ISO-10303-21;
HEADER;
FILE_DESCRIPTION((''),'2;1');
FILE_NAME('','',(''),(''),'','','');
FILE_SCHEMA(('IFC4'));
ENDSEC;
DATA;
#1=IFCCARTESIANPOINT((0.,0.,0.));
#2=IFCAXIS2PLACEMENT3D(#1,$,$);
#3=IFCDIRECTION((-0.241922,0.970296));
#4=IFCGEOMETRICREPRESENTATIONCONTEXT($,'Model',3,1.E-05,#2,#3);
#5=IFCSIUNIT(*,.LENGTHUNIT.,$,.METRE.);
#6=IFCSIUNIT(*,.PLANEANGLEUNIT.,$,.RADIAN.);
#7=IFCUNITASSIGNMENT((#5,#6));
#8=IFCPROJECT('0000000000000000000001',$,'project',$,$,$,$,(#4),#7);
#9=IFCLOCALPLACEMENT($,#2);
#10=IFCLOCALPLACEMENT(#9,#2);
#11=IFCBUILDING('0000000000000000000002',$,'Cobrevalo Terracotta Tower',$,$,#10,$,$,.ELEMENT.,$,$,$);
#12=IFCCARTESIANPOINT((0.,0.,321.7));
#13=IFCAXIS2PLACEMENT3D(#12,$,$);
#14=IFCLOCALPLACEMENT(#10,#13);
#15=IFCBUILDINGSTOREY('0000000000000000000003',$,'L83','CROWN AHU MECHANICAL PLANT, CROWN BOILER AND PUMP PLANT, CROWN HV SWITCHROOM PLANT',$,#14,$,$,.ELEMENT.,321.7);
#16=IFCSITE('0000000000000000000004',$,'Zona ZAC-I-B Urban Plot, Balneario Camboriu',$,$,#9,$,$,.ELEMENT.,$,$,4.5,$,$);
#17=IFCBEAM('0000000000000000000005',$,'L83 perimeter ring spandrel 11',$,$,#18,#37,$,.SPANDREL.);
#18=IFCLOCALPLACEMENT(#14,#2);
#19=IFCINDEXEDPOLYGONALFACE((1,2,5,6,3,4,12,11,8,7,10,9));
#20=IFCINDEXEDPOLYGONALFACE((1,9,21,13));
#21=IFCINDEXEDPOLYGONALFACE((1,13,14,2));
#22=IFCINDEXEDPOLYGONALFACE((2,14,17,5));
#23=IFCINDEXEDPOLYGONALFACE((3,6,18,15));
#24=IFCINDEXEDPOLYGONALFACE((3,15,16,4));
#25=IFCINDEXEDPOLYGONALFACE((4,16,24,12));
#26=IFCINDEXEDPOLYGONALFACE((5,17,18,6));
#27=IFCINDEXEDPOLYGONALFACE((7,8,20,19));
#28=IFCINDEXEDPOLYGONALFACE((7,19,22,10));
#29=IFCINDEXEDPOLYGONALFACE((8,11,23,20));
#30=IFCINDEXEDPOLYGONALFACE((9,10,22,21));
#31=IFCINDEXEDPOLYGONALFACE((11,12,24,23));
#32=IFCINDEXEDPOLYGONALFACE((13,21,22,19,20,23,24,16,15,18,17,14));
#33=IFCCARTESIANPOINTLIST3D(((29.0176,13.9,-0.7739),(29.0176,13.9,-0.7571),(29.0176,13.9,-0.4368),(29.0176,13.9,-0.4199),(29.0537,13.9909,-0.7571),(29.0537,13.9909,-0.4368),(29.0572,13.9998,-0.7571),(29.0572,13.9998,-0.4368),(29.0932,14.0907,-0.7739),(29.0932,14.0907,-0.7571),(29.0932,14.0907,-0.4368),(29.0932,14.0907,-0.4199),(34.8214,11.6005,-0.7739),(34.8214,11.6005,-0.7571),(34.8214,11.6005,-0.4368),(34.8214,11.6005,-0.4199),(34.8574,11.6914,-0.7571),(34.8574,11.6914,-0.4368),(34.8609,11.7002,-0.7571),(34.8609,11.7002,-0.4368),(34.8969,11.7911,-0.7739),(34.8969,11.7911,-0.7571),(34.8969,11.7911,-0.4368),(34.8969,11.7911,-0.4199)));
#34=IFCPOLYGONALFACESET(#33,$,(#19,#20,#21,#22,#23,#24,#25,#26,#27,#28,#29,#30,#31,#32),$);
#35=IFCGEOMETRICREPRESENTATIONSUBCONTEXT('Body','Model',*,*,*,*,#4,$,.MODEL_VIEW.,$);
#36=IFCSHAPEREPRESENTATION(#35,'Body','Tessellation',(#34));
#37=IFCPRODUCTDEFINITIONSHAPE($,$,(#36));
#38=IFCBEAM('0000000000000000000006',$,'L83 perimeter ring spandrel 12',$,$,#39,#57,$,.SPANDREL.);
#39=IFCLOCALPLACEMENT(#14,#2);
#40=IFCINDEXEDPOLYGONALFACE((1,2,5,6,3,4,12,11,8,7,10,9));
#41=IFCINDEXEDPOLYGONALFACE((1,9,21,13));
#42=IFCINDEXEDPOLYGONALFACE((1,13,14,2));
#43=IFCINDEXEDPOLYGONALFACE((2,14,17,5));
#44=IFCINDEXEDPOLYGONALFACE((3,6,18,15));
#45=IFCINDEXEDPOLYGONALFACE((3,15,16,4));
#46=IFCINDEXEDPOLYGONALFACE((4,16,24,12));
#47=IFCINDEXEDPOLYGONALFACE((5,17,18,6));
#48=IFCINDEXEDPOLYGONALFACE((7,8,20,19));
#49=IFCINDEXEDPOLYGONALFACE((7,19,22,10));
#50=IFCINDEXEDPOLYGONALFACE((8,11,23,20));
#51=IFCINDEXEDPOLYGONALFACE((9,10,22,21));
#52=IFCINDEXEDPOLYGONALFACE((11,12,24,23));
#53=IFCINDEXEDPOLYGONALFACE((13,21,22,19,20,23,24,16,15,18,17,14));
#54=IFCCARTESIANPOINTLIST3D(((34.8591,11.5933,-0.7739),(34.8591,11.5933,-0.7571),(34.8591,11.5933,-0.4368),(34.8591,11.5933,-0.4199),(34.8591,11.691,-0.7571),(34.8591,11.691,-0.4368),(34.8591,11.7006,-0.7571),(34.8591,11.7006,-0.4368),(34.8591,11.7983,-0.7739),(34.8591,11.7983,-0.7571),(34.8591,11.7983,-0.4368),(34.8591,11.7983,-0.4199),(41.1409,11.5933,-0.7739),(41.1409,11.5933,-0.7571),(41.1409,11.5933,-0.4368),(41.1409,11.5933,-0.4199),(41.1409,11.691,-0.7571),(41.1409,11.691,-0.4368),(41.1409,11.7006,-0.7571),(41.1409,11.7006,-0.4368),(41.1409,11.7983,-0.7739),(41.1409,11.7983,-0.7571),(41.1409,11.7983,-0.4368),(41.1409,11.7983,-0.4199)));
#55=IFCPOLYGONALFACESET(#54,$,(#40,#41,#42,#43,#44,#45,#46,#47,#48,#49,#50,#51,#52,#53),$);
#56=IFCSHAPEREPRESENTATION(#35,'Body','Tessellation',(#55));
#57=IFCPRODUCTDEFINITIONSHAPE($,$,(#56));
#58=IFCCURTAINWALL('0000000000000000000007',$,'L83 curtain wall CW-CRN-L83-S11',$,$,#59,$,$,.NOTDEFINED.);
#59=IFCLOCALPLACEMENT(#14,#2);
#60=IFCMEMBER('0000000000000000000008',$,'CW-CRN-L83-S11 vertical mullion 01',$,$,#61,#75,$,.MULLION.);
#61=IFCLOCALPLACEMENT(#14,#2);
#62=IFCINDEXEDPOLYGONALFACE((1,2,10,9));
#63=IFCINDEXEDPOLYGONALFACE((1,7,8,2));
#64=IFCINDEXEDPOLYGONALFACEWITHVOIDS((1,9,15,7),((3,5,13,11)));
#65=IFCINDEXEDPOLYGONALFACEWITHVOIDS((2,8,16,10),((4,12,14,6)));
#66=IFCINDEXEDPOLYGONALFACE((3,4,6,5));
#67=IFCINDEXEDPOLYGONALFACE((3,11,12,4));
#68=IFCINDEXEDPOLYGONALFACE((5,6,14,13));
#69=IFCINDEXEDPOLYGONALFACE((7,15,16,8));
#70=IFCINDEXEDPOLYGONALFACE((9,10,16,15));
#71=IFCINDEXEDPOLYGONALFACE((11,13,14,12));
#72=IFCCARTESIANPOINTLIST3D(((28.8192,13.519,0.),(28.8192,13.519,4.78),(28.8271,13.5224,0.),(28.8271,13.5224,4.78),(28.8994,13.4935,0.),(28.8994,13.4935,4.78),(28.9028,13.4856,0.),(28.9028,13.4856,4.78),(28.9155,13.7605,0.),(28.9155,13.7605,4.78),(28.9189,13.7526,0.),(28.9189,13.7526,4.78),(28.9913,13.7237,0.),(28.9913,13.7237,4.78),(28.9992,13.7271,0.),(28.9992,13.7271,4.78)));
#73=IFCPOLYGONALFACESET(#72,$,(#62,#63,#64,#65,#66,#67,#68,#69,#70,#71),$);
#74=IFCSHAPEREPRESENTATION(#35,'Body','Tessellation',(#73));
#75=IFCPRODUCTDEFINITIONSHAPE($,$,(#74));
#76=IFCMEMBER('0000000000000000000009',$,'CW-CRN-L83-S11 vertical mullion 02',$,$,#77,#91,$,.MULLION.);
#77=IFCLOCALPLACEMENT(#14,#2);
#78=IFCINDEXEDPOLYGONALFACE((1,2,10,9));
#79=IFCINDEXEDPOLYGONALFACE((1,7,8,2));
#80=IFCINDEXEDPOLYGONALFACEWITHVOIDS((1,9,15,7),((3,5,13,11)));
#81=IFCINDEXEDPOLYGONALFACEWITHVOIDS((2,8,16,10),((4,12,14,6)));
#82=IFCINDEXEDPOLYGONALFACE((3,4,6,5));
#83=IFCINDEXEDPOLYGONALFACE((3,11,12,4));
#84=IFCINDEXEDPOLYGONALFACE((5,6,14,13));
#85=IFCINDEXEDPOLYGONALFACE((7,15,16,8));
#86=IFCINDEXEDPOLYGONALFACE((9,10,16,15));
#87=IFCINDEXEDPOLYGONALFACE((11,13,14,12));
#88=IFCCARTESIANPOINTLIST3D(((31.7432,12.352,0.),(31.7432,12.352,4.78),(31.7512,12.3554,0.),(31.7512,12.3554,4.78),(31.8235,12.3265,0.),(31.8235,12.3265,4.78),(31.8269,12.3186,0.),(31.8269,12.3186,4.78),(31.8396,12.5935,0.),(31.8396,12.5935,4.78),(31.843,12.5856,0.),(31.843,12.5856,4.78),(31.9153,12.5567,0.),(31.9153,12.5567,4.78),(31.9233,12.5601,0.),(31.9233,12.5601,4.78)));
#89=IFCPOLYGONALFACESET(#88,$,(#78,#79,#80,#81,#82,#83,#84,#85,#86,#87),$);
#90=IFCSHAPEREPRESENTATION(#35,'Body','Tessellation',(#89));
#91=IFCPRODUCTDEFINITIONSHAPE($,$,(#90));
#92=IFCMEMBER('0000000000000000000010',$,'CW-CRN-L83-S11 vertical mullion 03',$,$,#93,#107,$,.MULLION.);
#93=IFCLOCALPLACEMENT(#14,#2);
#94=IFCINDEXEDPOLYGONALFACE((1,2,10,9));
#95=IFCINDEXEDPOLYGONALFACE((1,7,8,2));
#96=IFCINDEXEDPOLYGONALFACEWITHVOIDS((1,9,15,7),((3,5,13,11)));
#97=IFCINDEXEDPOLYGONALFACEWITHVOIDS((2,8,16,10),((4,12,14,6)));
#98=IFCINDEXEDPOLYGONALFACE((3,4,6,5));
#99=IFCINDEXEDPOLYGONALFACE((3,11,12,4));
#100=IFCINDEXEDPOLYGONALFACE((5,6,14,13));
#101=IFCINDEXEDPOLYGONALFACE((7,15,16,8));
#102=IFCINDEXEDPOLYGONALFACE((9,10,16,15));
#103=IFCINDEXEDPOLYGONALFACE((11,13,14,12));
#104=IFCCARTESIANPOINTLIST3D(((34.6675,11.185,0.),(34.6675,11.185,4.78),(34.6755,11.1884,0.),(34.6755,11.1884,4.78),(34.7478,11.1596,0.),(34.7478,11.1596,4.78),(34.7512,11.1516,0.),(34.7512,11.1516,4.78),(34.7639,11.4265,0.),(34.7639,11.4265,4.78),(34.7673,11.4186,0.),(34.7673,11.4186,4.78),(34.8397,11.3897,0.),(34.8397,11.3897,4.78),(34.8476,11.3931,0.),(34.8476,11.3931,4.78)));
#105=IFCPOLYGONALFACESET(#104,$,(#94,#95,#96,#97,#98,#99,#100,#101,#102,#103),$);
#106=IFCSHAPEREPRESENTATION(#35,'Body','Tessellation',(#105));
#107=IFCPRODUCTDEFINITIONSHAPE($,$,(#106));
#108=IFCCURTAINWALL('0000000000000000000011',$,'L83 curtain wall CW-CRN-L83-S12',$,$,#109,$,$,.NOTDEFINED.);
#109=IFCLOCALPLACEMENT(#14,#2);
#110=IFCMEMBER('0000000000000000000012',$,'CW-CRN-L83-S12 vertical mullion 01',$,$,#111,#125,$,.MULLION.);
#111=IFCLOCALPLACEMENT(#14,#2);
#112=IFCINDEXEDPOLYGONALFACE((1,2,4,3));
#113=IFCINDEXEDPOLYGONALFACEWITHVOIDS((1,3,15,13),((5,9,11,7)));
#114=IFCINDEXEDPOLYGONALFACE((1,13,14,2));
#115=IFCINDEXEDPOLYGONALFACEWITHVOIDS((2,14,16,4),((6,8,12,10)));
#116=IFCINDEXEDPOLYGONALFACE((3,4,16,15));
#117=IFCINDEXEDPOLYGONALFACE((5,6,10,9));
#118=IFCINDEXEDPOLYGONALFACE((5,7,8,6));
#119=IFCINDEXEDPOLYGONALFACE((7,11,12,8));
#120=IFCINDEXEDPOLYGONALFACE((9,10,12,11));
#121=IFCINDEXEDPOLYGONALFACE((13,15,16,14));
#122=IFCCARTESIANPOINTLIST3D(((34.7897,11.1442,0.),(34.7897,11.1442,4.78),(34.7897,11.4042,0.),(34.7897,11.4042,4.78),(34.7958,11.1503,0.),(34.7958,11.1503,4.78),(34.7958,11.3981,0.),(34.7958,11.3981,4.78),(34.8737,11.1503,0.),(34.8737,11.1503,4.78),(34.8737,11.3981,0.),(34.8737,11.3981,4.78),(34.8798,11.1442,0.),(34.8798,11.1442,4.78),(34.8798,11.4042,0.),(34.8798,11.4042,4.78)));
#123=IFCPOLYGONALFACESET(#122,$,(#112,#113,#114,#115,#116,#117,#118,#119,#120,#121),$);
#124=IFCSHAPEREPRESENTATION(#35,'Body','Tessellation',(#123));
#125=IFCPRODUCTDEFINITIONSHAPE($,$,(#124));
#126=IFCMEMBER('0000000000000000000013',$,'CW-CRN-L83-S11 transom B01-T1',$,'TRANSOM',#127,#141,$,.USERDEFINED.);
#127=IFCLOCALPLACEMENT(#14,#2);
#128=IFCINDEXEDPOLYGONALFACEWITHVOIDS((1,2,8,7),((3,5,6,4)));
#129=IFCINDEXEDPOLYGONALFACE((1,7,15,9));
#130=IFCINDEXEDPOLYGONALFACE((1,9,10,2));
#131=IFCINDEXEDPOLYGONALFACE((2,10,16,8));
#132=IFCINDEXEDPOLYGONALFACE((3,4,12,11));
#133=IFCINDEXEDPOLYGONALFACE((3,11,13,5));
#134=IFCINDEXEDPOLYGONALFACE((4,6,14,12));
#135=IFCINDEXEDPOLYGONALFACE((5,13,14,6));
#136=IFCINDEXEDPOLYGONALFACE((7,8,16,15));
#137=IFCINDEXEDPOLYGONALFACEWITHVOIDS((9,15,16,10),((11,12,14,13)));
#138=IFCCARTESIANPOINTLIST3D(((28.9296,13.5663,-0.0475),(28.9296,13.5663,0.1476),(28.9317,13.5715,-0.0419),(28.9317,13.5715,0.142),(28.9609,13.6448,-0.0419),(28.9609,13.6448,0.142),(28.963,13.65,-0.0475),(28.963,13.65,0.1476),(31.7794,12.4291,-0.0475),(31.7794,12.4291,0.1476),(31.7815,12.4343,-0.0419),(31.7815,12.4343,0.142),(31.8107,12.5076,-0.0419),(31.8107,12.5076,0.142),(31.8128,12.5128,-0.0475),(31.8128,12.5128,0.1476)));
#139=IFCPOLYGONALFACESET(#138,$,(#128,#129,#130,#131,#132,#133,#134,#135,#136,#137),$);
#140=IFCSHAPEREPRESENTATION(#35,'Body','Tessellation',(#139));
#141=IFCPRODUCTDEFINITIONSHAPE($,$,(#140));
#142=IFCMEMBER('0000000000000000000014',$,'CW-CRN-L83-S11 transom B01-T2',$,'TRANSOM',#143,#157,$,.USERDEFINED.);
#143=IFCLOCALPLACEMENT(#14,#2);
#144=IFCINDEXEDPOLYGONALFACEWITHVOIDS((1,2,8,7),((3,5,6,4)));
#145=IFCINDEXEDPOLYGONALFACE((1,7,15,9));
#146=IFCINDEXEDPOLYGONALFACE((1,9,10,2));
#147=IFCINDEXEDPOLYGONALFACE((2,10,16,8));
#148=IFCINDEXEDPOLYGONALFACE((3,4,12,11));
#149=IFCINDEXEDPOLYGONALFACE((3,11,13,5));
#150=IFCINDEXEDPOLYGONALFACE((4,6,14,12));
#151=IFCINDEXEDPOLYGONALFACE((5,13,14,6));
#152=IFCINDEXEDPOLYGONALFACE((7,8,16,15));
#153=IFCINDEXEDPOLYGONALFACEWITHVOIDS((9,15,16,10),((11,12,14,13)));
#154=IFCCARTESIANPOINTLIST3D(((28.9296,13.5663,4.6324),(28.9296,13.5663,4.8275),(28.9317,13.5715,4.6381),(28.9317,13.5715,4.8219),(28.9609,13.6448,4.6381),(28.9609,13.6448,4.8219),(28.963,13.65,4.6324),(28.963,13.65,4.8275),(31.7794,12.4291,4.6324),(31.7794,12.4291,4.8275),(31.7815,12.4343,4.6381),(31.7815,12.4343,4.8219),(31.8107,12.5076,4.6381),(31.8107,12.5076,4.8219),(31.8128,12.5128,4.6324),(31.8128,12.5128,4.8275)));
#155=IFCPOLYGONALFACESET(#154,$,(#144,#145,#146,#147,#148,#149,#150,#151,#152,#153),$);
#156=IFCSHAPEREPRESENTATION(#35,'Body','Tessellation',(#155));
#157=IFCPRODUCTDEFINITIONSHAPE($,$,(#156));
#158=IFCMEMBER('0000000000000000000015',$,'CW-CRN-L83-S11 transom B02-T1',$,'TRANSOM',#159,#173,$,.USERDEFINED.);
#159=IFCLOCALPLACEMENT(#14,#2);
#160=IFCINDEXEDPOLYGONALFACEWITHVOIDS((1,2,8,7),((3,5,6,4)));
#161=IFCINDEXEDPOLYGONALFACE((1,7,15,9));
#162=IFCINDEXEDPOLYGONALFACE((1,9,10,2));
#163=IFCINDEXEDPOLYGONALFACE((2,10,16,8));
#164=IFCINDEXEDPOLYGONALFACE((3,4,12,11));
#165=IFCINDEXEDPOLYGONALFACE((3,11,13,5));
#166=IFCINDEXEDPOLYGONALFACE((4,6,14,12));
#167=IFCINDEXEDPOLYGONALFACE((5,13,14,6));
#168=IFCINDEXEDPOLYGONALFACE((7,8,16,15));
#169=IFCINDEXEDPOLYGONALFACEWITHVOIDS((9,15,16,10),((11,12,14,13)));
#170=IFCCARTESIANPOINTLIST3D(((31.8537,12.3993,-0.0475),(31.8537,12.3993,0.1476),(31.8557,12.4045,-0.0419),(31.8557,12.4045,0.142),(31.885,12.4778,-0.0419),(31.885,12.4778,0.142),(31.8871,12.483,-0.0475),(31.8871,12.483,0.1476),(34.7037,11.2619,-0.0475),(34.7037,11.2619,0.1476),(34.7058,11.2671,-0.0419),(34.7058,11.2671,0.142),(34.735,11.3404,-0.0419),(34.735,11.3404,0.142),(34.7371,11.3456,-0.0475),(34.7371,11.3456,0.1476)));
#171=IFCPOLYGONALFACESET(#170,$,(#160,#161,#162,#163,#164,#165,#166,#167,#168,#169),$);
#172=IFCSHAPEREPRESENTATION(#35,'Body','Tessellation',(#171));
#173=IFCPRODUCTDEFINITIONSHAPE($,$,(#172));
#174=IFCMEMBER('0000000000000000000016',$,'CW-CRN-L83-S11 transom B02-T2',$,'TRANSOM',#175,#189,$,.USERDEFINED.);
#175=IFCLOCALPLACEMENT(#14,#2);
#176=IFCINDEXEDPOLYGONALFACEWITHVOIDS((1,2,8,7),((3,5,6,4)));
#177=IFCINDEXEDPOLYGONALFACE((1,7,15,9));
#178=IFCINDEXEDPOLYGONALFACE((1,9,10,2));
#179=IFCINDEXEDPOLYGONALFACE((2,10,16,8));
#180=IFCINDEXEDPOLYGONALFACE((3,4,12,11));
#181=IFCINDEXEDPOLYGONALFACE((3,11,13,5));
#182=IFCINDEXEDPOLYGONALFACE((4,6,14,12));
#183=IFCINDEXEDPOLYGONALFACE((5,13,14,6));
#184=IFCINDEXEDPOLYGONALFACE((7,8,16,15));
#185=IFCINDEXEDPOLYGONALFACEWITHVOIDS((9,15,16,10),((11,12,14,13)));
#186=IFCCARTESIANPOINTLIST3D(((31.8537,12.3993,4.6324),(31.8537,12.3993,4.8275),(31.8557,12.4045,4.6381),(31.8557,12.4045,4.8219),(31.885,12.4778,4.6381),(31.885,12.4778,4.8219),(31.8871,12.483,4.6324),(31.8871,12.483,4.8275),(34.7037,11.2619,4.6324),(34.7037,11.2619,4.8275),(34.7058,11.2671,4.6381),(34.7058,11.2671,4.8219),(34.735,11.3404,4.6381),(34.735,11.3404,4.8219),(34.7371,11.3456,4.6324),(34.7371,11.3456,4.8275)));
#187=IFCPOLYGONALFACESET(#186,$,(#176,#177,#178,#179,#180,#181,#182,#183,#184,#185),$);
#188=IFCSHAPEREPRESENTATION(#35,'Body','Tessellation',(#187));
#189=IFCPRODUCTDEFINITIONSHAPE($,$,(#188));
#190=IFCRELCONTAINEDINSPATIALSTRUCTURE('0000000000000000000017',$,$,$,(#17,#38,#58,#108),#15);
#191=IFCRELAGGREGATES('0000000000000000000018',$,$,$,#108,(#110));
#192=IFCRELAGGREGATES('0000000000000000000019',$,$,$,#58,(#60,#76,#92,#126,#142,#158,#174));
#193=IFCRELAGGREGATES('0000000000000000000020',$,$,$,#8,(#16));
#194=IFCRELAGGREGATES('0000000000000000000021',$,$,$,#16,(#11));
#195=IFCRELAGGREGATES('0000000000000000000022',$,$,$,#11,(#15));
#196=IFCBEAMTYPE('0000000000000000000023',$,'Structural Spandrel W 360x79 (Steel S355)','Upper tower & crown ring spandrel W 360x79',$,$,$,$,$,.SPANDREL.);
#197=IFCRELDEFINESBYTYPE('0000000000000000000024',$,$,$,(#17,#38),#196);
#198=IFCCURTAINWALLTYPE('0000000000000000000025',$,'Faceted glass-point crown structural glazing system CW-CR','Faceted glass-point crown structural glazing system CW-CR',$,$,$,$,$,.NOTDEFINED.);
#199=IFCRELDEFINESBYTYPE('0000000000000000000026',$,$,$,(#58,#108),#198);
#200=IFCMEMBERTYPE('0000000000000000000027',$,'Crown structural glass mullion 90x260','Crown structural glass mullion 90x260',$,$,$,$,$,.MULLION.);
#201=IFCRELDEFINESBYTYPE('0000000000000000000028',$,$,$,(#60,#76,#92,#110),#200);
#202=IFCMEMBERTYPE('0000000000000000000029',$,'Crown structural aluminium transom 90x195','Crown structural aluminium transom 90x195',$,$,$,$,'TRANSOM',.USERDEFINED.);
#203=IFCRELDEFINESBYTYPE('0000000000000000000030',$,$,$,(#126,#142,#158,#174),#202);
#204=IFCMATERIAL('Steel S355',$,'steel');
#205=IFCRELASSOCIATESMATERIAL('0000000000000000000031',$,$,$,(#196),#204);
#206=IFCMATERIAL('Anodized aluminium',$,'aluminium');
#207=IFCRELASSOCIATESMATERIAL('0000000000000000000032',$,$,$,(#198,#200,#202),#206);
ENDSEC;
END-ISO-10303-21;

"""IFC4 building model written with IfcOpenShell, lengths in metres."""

from ifc_helpers import new_model, si_unit, direction, frame, origin, origin_2d, place, context, subcontext, project, spatial, hollow_rectangle, i_section, extrude, source, transform, mapped, material, material_profile, profile_set, type_object, element, aggregate, save


model = new_model("IFC4")

# Units and contexts
model_context = context("Model", 3, precision=1e-05, world=origin(), true_north=direction((-0.241922, 0.970296)))
body_context = subcontext(model_context, "Body", "Model", "MODEL_VIEW")
ifc_project = project(units=[si_unit("LENGTHUNIT", "METRE"), si_unit("PLANEANGLEUNIT", "RADIAN")], contexts=[model_context])

# Site, building, storey
site_placement = place(None, origin())
site = spatial("IfcSite", under=ifc_project, at=site_placement, Name="Zona ZAC-I-B Urban Plot, Balneario Camboriu", CompositionType="ELEMENT", RefElevation=4.5)
building_placement = place(site_placement, origin())
building = spatial("IfcBuilding", under=site, at=building_placement, Name="Cobrevalo Terracotta Tower", CompositionType="ELEMENT")
storey_placement = place(building_placement, frame((0.0, 0.0, 321.7)))
storey = spatial("IfcBuildingStorey", under=building, at=storey_placement, Name="L83", Description="CROWN AHU MECHANICAL PLANT, CROWN BOILER AND PUMP PLANT, CROWN HV SWITCHROOM PLANT", CompositionType="ELEMENT", Elevation=321.7)

# Shared definitions
ifc_material_1 = material(Name="Steel S355", Category="steel")

# Beams
ifc_material_profile_1 = material_profile(ifc_material_1, i_section(OverallWidth=0.2051, OverallDepth=0.354, WebThickness=0.0095, FlangeThickness=0.0168, at=origin_2d()), Name="W 360x79")
ifc_profile_set_1 = profile_set([ifc_material_profile_1], Name="Steel S355")
beam_type_1 = type_object("IfcBeamType", Name="Structural Spandrel W 360x79 (Steel S355)", Description="Upper tower & crown ring spandrel W 360x79", PredefinedType="SPANDREL", material=ifc_profile_set_1)
beam_1_placement = place(storey_placement, frame((29.0554, 13.9954, -0.5969), z_axis=(0.929683, -0.368361, 0.0), x_axis=(0.368361, 0.929683, 0.0)))
element("IfcBeam", 1, at=beam_1_placement, inside=storey, type_object=beam_type_1, Name="L83 perimeter ring spandrel 11", PredefinedType="SPANDREL", context=body_context, shape_type="SweptSolid", body=[
    extrude(i_section(OverallWidth=0.2051, OverallDepth=0.354, WebThickness=0.0095, FlangeThickness=0.0168, at=origin_2d()), origin(), (0.0, 0.0, 1.0), 6.2427),
])
beam_2_placement = place(storey_placement, frame((34.8591, 11.6958, -0.5969), z_axis=(1.0, 0.0, 0.0), x_axis=(0.0, 1.0, 0.0)))
element("IfcBeam", 2, at=beam_2_placement, inside=storey, type_object=beam_type_1, Name="L83 perimeter ring spandrel 12", PredefinedType="SPANDREL", context=body_context, shape_type="SweptSolid", body=[
    extrude(i_section(OverallWidth=0.2051, OverallDepth=0.354, WebThickness=0.0095, FlangeThickness=0.0168, at=origin_2d()), origin(), (0.0, 0.0, 1.0), 6.2817),
])

# Curtain wall, members
ifc_material_2 = material(Name="Anodized aluminium", Category="aluminium")
curtain_wall_type = type_object("IfcCurtainWallType", Name="Faceted glass-point crown structural glazing system CW-CR", Description="Faceted glass-point crown structural glazing system CW-CR", PredefinedType="NOTDEFINED", material=ifc_material_2)
curtain_wall_1_placement = place(storey_placement, origin())
curtain_wall_1 = element("IfcCurtainWall", 3, at=curtain_wall_1_placement, inside=storey, type_object=curtain_wall_type, Name="L83 curtain wall CW-CRN-L83-S11", PredefinedType="NOTDEFINED")
ifc_material_profile_2 = material_profile(ifc_material_2, hollow_rectangle(XDim=0.0901, YDim=0.26, WallThickness=0.0061, at=origin_2d()), Name="CWM 90x260")
ifc_profile_set_2 = profile_set([ifc_material_profile_2], Name="Anodized aluminium")
member_type_1 = type_object("IfcMemberType", Name="Crown structural glass mullion 90x260", Description="Crown structural glass mullion 90x260", PredefinedType="MULLION", material=ifc_profile_set_2)
shared_shape_1 = source(origin(), body_context, "Body", "SweptSolid", [
    extrude(hollow_rectangle(XDim=0.0901, YDim=0.26, WallThickness=0.0061, at=origin_2d()), origin(), (0.0, 0.0, 1.0), 4.78),
])
member_1_placement = place(storey_placement, frame((28.9092, 13.623, 0.0), z_axis=(0.0, 0.0, 1.0), x_axis=(0.928771, -0.370655, 0.0)))
member_1 = element("IfcMember", 4, at=member_1_placement, type_object=member_type_1, Name="CW-CRN-L83-S11 vertical mullion 01", PredefinedType="MULLION", context=body_context, shape_type="MappedRepresentation", body=[
    mapped(shared_shape_1, transform((0.0, 0.0, 0.0), scale=1.0)),
])
member_2_placement = place(storey_placement, frame((31.8333, 12.4561, 0.0), z_axis=(0.0, 0.0, 1.0), x_axis=(0.928771, -0.370655, 0.0)))
member_2 = element("IfcMember", 5, at=member_2_placement, type_object=member_type_1, Name="CW-CRN-L83-S11 vertical mullion 02", PredefinedType="MULLION", context=body_context, shape_type="MappedRepresentation", body=[
    mapped(shared_shape_1, transform((0.0, 0.0, 0.0), scale=1.0)),
])
member_3_placement = place(storey_placement, frame((34.7576, 11.2891, 0.0), z_axis=(0.0, 0.0, 1.0), x_axis=(0.928771, -0.370655, 0.0)))
member_3 = element("IfcMember", 6, at=member_3_placement, type_object=member_type_1, Name="CW-CRN-L83-S11 vertical mullion 03", PredefinedType="MULLION", context=body_context, shape_type="MappedRepresentation", body=[
    mapped(shared_shape_1, transform((0.0, 0.0, 0.0), scale=1.0)),
])

# Curtain wall, member
curtain_wall_2_placement = place(storey_placement, origin())
curtain_wall_2 = element("IfcCurtainWall", 7, at=curtain_wall_2_placement, inside=storey, type_object=curtain_wall_type, Name="L83 curtain wall CW-CRN-L83-S12", PredefinedType="NOTDEFINED")
member_4_placement = place(storey_placement, frame((34.8347, 11.2742, 0.0), z_axis=(0.0, 0.0, 1.0), x_axis=(1.0, 0.0, 0.0)))
member_4 = element("IfcMember", 8, at=member_4_placement, type_object=member_type_1, Name="CW-CRN-L83-S12 vertical mullion 01", PredefinedType="MULLION", context=body_context, shape_type="MappedRepresentation", body=[
    mapped(shared_shape_1, transform((0.0, 0.0, 0.0), scale=1.0)),
])

# Members
ifc_material_profile_3 = material_profile(ifc_material_2, hollow_rectangle(XDim=0.0901, YDim=0.1951, WallThickness=0.0056, at=origin_2d()), Name="CWT 90x195")
ifc_profile_set_3 = profile_set([ifc_material_profile_3], Name="Anodized aluminium")
member_type_2 = type_object("IfcMemberType", Name="Crown structural aluminium transom 90x195", Description="Crown structural aluminium transom 90x195", ElementType="TRANSOM", PredefinedType="USERDEFINED", material=ifc_profile_set_3)
shared_shape_2 = source(origin(), body_context, "Body", "SweptSolid", [
    extrude(hollow_rectangle(XDim=0.0901, YDim=0.1951, WallThickness=0.0056, at=origin_2d()), origin(), (0.0, 0.0, 1.0), 3.0684),
])
member_5_placement = place(storey_placement, frame((28.9463, 13.6082, 0.05), z_axis=(0.928784, -0.370622, 0.0), x_axis=(0.370622, 0.928784, 0.0)))
member_5 = element("IfcMember", 9, at=member_5_placement, type_object=member_type_2, Name="CW-CRN-L83-S11 transom B01-T1", ObjectType="TRANSOM", PredefinedType="USERDEFINED", context=body_context, shape_type="MappedRepresentation", body=[
    mapped(shared_shape_2, transform((0.0, 0.0, 0.0), scale=1.0)),
])
member_6_placement = place(storey_placement, frame((28.9463, 13.6082, 4.73), z_axis=(0.928784, -0.370622, 0.0), x_axis=(0.370622, 0.928784, 0.0)))
member_6 = element("IfcMember", 10, at=member_6_placement, type_object=member_type_2, Name="CW-CRN-L83-S11 transom B01-T2", ObjectType="TRANSOM", PredefinedType="USERDEFINED", context=body_context, shape_type="MappedRepresentation", body=[
    mapped(shared_shape_2, transform((0.0, 0.0, 0.0), scale=1.0)),
])
shared_shape_3 = source(origin(), body_context, "Body", "SweptSolid", [
    extrude(hollow_rectangle(XDim=0.0901, YDim=0.1951, WallThickness=0.0056, at=origin_2d()), origin(), (0.0, 0.0, 1.0), 3.0686),
])
member_7_placement = place(storey_placement, frame((31.8704, 12.4412, 0.05), z_axis=(0.928767, -0.370664, 0.0), x_axis=(0.370664, 0.928767, 0.0)))
member_7 = element("IfcMember", 11, at=member_7_placement, type_object=member_type_2, Name="CW-CRN-L83-S11 transom B02-T1", ObjectType="TRANSOM", PredefinedType="USERDEFINED", context=body_context, shape_type="MappedRepresentation", body=[
    mapped(shared_shape_3, transform((0.0, 0.0, 0.0), scale=1.0)),
])
member_8_placement = place(storey_placement, frame((31.8704, 12.4412, 4.73), z_axis=(0.928767, -0.370664, 0.0), x_axis=(0.370664, 0.928767, 0.0)))
member_8 = element("IfcMember", 12, at=member_8_placement, type_object=member_type_2, Name="CW-CRN-L83-S11 transom B02-T2", ObjectType="TRANSOM", PredefinedType="USERDEFINED", context=body_context, shape_type="MappedRepresentation", body=[
    mapped(shared_shape_3, transform((0.0, 0.0, 0.0), scale=1.0)),
])
aggregate(curtain_wall_2, [member_4])

aggregate(curtain_wall_1, [member_1, member_2, member_3, member_5, member_6, member_7, member_8])

save(model, "model.ifc")
